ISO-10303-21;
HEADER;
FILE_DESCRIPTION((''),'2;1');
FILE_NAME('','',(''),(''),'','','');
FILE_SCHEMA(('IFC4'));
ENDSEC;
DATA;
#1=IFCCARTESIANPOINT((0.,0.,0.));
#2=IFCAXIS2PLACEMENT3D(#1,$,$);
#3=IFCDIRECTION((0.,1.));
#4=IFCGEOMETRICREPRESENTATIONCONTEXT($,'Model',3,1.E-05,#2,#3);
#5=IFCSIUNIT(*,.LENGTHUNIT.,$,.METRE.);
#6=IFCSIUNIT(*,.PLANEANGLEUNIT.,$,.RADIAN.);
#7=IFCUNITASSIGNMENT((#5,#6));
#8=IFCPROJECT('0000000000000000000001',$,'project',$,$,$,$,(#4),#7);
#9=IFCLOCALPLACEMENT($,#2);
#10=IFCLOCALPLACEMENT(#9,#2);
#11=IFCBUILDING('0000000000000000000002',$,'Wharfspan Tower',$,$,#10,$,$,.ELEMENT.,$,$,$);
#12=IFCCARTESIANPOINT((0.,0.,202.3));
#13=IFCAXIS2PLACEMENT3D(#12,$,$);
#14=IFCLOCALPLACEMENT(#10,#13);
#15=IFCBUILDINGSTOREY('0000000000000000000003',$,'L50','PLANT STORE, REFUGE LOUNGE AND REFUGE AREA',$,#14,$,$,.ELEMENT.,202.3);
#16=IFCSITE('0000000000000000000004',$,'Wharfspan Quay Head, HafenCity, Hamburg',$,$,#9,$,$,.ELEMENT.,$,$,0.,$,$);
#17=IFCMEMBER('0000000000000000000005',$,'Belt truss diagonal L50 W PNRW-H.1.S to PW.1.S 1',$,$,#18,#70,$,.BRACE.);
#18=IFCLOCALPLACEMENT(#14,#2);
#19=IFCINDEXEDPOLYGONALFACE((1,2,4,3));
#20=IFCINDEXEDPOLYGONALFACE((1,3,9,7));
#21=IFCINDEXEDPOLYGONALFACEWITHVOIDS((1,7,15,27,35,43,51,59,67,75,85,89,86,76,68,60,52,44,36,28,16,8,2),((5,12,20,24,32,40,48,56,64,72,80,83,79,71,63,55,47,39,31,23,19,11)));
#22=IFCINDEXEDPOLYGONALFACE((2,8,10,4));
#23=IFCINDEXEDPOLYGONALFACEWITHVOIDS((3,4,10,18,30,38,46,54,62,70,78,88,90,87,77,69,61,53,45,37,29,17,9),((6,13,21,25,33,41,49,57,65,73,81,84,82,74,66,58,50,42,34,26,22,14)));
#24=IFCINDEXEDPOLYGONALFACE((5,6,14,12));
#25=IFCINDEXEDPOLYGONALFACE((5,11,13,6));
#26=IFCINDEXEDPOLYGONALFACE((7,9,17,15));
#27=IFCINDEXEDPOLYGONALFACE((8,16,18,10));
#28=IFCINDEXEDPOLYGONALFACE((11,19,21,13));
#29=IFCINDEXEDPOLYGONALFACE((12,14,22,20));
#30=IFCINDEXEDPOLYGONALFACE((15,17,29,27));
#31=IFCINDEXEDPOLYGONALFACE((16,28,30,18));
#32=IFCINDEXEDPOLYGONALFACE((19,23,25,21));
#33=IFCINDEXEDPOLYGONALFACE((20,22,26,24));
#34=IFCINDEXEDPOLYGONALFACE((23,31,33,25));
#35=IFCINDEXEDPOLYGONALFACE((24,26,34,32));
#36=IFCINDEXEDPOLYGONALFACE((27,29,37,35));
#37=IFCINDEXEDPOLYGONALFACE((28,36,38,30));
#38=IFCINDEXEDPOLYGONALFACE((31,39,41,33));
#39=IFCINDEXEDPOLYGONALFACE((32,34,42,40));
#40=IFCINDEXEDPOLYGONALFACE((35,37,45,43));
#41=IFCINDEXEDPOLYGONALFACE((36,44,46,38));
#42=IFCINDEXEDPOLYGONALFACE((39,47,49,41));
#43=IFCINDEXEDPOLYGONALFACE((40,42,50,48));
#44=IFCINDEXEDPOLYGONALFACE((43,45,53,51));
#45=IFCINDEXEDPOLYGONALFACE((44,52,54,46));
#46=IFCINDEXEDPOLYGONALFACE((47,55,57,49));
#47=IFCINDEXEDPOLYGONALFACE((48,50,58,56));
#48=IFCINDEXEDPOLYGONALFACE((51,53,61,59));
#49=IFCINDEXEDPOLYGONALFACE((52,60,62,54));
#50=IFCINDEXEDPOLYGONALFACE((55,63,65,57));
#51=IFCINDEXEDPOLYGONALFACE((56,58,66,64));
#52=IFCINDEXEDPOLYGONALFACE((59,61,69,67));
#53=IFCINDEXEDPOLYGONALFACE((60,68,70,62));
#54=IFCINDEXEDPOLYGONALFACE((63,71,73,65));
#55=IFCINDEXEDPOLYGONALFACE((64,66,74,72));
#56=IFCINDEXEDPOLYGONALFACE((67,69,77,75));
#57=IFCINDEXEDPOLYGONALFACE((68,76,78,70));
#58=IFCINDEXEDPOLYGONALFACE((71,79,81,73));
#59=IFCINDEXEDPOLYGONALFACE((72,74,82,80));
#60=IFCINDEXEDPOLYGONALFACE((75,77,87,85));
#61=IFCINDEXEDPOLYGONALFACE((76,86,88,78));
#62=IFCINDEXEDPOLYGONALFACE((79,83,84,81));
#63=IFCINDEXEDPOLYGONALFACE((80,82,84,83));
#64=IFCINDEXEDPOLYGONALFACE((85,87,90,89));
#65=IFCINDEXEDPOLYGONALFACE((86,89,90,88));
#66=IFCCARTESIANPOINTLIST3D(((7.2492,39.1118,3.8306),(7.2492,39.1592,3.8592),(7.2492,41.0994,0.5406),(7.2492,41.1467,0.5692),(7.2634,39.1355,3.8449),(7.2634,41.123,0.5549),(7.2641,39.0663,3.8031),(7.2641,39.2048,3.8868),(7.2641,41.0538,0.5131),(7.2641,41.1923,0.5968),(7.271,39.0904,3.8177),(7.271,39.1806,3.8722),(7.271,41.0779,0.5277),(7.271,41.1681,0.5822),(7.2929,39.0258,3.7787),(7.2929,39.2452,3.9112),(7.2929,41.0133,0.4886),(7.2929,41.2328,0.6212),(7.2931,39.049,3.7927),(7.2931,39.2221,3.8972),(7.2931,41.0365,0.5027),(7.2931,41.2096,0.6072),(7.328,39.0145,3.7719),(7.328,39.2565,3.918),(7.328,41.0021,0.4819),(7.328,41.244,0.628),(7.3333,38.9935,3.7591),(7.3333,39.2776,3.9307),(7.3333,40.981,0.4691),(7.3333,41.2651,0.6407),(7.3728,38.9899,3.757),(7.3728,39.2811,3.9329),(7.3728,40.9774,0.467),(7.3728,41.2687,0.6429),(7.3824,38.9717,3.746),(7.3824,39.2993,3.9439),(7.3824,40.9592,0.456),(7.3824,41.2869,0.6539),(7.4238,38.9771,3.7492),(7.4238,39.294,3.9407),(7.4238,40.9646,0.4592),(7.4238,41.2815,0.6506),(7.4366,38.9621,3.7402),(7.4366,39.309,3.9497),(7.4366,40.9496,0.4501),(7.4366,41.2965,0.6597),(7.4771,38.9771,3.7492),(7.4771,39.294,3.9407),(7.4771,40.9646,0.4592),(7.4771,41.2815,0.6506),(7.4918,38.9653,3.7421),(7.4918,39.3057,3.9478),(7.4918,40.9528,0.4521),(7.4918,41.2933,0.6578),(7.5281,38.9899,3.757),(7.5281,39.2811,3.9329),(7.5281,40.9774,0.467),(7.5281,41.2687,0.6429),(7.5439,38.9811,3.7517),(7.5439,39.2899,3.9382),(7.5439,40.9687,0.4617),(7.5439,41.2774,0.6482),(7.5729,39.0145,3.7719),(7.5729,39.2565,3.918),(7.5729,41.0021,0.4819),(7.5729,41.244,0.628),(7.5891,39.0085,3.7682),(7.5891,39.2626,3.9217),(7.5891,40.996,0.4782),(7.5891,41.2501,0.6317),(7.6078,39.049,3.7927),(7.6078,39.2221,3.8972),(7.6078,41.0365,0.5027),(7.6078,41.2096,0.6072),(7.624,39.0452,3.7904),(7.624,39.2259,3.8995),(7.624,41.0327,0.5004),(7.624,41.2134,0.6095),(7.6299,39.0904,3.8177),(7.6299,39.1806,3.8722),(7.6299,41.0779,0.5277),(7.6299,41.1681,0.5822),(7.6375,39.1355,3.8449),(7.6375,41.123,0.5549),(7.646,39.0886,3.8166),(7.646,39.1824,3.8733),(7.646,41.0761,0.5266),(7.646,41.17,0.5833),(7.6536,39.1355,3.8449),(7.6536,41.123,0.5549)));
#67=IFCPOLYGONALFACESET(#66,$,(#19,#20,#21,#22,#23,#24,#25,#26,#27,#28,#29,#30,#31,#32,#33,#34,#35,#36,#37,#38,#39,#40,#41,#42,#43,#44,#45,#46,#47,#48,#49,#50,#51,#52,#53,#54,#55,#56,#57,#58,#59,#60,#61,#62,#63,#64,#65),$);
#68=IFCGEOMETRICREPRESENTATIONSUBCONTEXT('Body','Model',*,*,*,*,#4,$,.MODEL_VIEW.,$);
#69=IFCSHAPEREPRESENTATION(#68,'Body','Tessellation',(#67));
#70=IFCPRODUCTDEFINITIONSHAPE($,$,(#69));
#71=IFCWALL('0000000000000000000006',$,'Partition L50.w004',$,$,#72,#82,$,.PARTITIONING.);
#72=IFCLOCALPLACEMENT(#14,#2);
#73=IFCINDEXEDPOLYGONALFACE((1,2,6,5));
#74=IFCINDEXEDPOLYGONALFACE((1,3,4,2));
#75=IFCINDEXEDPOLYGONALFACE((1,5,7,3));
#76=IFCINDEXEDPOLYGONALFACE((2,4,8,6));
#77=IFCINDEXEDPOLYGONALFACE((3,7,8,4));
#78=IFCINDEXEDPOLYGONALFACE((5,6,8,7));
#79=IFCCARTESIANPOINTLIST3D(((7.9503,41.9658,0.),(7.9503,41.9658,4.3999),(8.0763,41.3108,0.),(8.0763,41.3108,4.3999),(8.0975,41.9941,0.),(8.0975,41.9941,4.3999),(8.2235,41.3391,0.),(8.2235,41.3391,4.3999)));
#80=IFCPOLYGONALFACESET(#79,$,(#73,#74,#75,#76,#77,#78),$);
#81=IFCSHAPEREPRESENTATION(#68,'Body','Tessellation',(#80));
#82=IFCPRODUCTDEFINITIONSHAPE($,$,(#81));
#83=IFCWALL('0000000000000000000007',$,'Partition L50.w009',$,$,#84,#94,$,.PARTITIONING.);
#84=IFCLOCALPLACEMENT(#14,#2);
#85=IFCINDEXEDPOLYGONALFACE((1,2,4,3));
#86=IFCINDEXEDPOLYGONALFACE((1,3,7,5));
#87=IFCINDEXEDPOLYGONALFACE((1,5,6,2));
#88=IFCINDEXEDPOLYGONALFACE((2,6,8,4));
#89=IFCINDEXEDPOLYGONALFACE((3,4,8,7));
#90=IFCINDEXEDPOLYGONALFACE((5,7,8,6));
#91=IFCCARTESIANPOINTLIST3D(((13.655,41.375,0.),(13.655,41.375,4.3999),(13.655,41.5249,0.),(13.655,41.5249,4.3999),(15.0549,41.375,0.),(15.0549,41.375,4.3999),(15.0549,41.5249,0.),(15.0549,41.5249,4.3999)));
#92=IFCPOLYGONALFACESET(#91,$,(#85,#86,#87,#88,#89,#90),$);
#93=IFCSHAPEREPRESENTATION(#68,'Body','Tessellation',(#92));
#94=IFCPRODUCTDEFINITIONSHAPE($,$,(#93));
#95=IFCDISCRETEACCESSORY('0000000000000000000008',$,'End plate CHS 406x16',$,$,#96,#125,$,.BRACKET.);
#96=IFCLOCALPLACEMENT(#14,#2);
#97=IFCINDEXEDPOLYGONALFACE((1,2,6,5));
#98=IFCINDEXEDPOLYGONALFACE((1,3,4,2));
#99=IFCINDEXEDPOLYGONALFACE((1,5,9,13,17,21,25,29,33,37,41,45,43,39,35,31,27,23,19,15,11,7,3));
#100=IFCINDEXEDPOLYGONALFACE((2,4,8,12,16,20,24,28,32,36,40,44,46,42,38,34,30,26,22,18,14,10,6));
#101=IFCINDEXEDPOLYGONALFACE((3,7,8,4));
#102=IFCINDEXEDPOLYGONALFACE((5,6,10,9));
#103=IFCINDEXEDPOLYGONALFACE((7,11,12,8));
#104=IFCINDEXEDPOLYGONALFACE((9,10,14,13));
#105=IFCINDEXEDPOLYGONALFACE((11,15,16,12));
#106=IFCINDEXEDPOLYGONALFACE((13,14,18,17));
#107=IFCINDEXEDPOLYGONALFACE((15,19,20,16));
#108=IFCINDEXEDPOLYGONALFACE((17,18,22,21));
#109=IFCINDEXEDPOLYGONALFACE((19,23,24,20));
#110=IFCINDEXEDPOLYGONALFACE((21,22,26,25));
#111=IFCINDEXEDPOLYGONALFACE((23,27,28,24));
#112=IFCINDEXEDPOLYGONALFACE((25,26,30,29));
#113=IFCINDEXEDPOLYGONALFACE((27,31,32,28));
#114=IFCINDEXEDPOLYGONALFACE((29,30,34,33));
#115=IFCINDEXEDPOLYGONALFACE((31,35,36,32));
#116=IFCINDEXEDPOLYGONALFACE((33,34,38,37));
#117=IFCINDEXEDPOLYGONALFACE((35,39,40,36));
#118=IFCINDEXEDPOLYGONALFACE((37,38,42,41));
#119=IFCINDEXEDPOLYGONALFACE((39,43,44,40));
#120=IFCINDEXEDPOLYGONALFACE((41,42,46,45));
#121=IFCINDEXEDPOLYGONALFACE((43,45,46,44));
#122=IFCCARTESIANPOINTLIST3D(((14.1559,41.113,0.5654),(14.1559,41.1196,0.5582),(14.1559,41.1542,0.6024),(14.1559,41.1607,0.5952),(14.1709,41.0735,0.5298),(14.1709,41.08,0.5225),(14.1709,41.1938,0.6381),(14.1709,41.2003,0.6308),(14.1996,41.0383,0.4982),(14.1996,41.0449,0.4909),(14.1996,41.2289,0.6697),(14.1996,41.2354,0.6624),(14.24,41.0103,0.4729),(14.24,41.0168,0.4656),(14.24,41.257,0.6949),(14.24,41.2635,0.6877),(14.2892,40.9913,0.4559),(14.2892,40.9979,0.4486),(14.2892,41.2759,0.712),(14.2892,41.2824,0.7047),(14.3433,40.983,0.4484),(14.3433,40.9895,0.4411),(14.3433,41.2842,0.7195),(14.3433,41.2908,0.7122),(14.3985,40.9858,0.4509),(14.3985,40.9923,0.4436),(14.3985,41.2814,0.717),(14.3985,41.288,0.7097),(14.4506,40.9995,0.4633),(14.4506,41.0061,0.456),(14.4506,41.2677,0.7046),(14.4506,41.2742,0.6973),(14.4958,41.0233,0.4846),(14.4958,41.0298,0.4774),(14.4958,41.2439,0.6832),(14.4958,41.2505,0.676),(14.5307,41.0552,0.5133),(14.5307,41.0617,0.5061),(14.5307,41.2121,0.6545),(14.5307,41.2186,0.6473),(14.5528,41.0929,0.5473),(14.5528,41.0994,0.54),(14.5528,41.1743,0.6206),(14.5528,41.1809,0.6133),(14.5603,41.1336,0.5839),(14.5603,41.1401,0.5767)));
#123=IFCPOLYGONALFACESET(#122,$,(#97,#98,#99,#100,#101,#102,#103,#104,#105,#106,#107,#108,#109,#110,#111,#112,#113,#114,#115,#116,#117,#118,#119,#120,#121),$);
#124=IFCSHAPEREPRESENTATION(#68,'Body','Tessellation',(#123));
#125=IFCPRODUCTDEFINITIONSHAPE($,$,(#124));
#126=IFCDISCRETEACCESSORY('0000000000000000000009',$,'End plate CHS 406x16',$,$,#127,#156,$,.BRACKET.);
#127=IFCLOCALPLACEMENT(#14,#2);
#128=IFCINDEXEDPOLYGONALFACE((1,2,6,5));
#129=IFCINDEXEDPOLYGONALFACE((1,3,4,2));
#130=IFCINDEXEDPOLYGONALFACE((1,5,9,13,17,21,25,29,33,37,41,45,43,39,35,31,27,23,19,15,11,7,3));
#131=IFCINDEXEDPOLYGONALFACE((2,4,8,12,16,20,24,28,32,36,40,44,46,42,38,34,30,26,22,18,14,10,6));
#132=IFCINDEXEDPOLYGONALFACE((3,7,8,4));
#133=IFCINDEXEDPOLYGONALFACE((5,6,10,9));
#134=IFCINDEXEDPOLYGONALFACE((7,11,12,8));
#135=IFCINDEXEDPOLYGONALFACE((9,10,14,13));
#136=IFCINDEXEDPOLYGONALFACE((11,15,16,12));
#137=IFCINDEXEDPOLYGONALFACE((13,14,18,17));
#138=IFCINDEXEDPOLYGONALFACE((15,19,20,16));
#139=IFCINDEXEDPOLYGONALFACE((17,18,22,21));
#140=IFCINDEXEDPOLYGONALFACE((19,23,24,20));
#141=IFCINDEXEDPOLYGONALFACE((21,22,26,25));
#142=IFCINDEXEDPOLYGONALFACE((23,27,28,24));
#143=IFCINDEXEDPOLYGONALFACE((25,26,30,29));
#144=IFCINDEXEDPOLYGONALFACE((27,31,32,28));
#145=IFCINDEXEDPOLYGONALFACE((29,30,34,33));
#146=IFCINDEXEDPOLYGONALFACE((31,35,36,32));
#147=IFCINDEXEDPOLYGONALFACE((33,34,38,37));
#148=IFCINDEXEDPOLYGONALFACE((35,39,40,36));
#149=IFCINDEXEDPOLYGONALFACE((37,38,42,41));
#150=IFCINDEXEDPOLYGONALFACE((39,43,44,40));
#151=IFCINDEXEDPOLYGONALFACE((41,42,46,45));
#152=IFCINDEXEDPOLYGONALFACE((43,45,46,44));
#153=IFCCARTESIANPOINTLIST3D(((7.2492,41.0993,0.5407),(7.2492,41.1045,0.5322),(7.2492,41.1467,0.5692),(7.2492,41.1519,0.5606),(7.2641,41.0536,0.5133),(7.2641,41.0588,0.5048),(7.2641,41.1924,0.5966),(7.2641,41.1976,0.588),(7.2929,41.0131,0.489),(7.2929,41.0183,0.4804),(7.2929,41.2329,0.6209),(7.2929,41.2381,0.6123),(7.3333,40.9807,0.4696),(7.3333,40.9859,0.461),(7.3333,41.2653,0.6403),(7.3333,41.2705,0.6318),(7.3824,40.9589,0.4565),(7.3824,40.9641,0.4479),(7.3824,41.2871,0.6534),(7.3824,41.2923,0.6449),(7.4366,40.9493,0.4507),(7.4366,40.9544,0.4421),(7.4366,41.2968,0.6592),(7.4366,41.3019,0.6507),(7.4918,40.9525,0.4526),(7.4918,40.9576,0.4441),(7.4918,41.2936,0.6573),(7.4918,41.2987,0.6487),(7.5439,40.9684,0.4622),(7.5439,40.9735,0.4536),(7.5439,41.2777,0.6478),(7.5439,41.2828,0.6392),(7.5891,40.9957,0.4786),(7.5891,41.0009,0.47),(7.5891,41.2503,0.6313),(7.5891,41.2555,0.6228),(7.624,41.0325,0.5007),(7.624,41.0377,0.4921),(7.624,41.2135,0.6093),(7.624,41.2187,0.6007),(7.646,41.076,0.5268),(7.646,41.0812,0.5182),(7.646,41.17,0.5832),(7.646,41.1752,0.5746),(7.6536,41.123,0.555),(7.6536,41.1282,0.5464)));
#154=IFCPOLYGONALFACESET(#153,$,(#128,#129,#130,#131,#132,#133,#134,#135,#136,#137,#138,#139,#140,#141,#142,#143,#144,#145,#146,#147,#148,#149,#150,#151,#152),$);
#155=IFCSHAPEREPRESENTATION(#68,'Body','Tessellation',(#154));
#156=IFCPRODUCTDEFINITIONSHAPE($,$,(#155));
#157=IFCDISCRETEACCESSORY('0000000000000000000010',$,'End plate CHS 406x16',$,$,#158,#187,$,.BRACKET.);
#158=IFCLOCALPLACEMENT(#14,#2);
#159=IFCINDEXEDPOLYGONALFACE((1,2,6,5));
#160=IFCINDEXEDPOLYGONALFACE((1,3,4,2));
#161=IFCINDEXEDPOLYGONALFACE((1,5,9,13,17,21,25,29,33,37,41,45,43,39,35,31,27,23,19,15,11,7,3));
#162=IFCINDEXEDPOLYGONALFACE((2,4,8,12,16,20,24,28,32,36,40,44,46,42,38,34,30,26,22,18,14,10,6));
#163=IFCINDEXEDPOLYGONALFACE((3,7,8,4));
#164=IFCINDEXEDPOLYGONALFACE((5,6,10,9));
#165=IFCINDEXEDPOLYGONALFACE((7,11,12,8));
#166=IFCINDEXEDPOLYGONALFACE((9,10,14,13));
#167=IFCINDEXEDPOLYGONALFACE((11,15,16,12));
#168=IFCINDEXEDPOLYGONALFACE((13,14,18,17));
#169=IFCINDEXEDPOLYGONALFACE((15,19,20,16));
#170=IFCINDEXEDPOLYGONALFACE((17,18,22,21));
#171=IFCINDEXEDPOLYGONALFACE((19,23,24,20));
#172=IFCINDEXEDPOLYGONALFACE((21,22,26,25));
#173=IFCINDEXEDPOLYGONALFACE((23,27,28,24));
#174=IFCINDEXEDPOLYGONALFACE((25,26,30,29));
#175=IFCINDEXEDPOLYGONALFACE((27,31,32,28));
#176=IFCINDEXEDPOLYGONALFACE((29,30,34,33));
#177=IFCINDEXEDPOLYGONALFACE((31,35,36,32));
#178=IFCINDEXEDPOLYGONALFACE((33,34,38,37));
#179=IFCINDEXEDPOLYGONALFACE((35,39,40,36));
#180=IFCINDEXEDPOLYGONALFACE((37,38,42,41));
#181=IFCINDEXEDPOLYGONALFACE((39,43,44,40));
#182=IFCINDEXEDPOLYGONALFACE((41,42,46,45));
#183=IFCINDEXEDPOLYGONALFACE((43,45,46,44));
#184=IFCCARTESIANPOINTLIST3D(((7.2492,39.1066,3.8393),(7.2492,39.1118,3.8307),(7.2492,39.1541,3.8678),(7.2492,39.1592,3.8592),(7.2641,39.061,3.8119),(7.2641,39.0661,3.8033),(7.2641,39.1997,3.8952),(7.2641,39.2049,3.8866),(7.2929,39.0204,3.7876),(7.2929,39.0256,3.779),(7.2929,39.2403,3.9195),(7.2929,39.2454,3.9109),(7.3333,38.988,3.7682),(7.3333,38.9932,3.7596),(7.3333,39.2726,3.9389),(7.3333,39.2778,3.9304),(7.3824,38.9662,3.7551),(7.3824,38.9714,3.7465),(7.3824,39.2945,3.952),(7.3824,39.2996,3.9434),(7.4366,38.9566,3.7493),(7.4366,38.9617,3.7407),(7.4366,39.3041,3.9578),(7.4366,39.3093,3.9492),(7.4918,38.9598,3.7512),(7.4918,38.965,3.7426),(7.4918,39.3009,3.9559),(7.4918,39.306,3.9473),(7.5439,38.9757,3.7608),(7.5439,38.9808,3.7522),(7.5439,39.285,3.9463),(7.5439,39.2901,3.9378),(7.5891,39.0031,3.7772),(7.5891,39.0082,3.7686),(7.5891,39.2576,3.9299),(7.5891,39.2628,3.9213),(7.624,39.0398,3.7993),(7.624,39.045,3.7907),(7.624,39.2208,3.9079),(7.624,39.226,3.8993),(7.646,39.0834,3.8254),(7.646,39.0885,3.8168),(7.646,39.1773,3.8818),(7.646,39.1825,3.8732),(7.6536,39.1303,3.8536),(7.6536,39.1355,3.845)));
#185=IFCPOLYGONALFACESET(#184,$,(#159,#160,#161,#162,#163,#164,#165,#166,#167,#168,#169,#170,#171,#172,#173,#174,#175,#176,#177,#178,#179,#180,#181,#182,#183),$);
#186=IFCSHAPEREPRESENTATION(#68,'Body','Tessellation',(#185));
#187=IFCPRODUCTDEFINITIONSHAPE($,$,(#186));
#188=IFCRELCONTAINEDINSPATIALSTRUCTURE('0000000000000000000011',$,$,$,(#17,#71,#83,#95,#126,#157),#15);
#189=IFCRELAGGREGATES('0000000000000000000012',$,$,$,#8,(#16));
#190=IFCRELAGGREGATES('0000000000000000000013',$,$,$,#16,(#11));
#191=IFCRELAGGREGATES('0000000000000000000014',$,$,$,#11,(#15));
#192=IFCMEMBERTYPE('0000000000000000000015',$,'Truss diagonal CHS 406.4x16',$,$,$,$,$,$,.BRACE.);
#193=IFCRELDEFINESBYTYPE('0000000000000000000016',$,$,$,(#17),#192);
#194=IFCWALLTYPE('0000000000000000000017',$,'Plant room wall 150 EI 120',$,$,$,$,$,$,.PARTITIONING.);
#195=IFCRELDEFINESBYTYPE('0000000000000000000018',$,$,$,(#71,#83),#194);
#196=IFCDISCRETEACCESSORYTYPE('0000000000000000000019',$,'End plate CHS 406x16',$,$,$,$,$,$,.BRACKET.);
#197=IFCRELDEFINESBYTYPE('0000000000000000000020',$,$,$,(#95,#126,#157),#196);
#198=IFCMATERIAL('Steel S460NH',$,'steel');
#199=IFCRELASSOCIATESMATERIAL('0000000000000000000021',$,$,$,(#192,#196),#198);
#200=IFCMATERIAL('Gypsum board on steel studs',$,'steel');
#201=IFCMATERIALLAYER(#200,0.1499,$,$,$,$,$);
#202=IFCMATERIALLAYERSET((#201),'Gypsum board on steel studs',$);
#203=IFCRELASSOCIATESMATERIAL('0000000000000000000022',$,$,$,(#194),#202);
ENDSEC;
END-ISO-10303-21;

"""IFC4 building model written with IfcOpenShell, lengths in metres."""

from ifc_helpers import new_model, si_unit, direction, frame, frame_2d, origin, origin_2d, place, context, subcontext, project, spatial, rectangle, circle, hollow_circle, extrude, material, layer, layer_set, material_profile, profile_set, type_object, element, save


model = new_model("IFC4")

# Units and contexts
model_context = context("Model", 3, precision=1e-05, world=origin(), true_north=direction((0.0, 1.0)))
body_context = subcontext(model_context, "Body", "Model", "MODEL_VIEW")
ifc_project = project(units=[si_unit("LENGTHUNIT", "METRE"), si_unit("PLANEANGLEUNIT", "RADIAN")], contexts=[model_context])

# Site, building, storey
site_placement = place(None, origin())
site = spatial("IfcSite", under=ifc_project, at=site_placement, Name="Wharfspan Quay Head, HafenCity, Hamburg", CompositionType="ELEMENT", RefElevation=0.0)
building_placement = place(site_placement, origin())
building = spatial("IfcBuilding", under=site, at=building_placement, Name="Wharfspan Tower", CompositionType="ELEMENT")
storey_placement = place(building_placement, frame((0.0, 0.0, 202.3)))
storey = spatial("IfcBuildingStorey", under=building, at=storey_placement, Name="L50", Description="PLANT STORE, REFUGE LOUNGE AND REFUGE AREA", CompositionType="ELEMENT", Elevation=202.3)

# Member
ifc_material_1 = material(Name="Steel S460NH", Category="steel")
ifc_material_profile_1 = material_profile(ifc_material_1, hollow_circle(Radius=0.2031, WallThickness=0.0161, at=origin_2d()))
ifc_profile_set_1 = profile_set([ifc_material_profile_1], Name="Steel S460NH")
member_type_1 = type_object("IfcMemberType", Name="Truss diagonal CHS 406.4x16", PredefinedType="BRACE", material=ifc_profile_set_1)
member_1_placement = place(storey_placement, frame((7.4504, 41.123, 0.5549), z_axis=(0.0, -0.517081, 0.855937), x_axis=(1.0, 0.0, 0.0)))
element("IfcMember", 1, at=member_1_placement, inside=storey, type_object=member_type_1, Name="Belt truss diagonal L50 W PNRW-H.1.S to PW.1.S 1", PredefinedType="BRACE", context=body_context, shape_type="SweptSolid", body=[
    extrude(hollow_circle(Radius=0.2031, WallThickness=0.0161, at=origin_2d()), origin(), (0.0, 0.0, 1.0), 3.8438),
])

# Walls
ifc_material_2 = material(Name="Gypsum board on steel studs", Category="steel")
ifc_layer = layer(ifc_material_2, 0.1499)
ifc_layer_set = layer_set([ifc_layer], Name="Gypsum board on steel studs")
wall_type = type_object("IfcWallType", Name="Plant room wall 150 EI 120", PredefinedType="PARTITIONING", material=ifc_layer_set)
wall_1_placement = place(storey_placement, frame((8.1499, 41.325, 0.0), z_axis=(0.0, 0.0, 1.0), x_axis=(-0.188861, 0.982004, 0.0)))
element("IfcWall", 2, at=wall_1_placement, inside=storey, type_object=wall_type, Name="Partition L50.w004", PredefinedType="PARTITIONING", context=body_context, shape_type="SweptSolid", body=[
    extrude(rectangle(XDim=0.667, YDim=0.1499, at=frame_2d((0.3335, 0.0))), origin(), (0.0, 0.0, 1.0), 4.3999),
])
wall_2_placement = place(storey_placement, frame((13.655, 41.45, 0.0), z_axis=(0.0, 0.0, 1.0), x_axis=(1.0, 0.0, 0.0)))
element("IfcWall", 3, at=wall_2_placement, inside=storey, type_object=wall_type, Name="Partition L50.w009", PredefinedType="PARTITIONING", context=body_context, shape_type="SweptSolid", body=[
    extrude(rectangle(XDim=1.3999, YDim=0.1499, at=frame_2d((0.7, 0.0))), origin(), (0.0, 0.0, 1.0), 4.3999),
])

# Discrete accessories
ifc_material_profile_2 = material_profile(ifc_material_1, circle(Radius=0.2031, at=origin_2d()))
ifc_profile_set_2 = profile_set([ifc_material_profile_2], Name="Steel S460NH")
discrete_accessory_type_1 = type_object("IfcDiscreteAccessoryType", Name="End plate CHS 406x16", PredefinedType="BRACKET", material=ifc_profile_set_2)
discrete_accessory_1_placement = place(storey_placement, frame((14.3572, 41.1401, 0.5767), z_axis=(0.0, -0.668965, 0.743294), x_axis=(1.0, 0.0, 0.0)))
element("IfcDiscreteAccessory", 4, at=discrete_accessory_1_placement, inside=storey, type_object=discrete_accessory_type_1, Name="End plate CHS 406x16", PredefinedType="BRACKET", context=body_context, shape_type="SweptSolid", body=[
    extrude(circle(Radius=0.2031, at=origin_2d()), origin(), (0.0, 0.0, 1.0), 0.0098),
])
for number, where, z_axis, x_axis, name in (
    (5, (7.4504, 41.1282, 0.5464), (0.0, -0.514496, 0.857493), (1.0, 0.0, 0.0), "End plate CHS 406x16"),
    (6, (7.4504, 39.1355, 3.845), (0.0, -0.514496, 0.857493), (1.0, 0.0, 0.0), "End plate CHS 406x16"),
):
    element("IfcDiscreteAccessory", number, at=place(storey_placement, frame(where, z_axis=z_axis, x_axis=x_axis)), inside=storey, type_object=discrete_accessory_type_1, Name=name, PredefinedType="BRACKET", context=body_context, shape_type="SweptSolid", body=[
        extrude(circle(Radius=0.2031, at=origin_2d()), origin(), (0.0, 0.0, 1.0), 0.01),
    ])

save(model, "model.ifc")
